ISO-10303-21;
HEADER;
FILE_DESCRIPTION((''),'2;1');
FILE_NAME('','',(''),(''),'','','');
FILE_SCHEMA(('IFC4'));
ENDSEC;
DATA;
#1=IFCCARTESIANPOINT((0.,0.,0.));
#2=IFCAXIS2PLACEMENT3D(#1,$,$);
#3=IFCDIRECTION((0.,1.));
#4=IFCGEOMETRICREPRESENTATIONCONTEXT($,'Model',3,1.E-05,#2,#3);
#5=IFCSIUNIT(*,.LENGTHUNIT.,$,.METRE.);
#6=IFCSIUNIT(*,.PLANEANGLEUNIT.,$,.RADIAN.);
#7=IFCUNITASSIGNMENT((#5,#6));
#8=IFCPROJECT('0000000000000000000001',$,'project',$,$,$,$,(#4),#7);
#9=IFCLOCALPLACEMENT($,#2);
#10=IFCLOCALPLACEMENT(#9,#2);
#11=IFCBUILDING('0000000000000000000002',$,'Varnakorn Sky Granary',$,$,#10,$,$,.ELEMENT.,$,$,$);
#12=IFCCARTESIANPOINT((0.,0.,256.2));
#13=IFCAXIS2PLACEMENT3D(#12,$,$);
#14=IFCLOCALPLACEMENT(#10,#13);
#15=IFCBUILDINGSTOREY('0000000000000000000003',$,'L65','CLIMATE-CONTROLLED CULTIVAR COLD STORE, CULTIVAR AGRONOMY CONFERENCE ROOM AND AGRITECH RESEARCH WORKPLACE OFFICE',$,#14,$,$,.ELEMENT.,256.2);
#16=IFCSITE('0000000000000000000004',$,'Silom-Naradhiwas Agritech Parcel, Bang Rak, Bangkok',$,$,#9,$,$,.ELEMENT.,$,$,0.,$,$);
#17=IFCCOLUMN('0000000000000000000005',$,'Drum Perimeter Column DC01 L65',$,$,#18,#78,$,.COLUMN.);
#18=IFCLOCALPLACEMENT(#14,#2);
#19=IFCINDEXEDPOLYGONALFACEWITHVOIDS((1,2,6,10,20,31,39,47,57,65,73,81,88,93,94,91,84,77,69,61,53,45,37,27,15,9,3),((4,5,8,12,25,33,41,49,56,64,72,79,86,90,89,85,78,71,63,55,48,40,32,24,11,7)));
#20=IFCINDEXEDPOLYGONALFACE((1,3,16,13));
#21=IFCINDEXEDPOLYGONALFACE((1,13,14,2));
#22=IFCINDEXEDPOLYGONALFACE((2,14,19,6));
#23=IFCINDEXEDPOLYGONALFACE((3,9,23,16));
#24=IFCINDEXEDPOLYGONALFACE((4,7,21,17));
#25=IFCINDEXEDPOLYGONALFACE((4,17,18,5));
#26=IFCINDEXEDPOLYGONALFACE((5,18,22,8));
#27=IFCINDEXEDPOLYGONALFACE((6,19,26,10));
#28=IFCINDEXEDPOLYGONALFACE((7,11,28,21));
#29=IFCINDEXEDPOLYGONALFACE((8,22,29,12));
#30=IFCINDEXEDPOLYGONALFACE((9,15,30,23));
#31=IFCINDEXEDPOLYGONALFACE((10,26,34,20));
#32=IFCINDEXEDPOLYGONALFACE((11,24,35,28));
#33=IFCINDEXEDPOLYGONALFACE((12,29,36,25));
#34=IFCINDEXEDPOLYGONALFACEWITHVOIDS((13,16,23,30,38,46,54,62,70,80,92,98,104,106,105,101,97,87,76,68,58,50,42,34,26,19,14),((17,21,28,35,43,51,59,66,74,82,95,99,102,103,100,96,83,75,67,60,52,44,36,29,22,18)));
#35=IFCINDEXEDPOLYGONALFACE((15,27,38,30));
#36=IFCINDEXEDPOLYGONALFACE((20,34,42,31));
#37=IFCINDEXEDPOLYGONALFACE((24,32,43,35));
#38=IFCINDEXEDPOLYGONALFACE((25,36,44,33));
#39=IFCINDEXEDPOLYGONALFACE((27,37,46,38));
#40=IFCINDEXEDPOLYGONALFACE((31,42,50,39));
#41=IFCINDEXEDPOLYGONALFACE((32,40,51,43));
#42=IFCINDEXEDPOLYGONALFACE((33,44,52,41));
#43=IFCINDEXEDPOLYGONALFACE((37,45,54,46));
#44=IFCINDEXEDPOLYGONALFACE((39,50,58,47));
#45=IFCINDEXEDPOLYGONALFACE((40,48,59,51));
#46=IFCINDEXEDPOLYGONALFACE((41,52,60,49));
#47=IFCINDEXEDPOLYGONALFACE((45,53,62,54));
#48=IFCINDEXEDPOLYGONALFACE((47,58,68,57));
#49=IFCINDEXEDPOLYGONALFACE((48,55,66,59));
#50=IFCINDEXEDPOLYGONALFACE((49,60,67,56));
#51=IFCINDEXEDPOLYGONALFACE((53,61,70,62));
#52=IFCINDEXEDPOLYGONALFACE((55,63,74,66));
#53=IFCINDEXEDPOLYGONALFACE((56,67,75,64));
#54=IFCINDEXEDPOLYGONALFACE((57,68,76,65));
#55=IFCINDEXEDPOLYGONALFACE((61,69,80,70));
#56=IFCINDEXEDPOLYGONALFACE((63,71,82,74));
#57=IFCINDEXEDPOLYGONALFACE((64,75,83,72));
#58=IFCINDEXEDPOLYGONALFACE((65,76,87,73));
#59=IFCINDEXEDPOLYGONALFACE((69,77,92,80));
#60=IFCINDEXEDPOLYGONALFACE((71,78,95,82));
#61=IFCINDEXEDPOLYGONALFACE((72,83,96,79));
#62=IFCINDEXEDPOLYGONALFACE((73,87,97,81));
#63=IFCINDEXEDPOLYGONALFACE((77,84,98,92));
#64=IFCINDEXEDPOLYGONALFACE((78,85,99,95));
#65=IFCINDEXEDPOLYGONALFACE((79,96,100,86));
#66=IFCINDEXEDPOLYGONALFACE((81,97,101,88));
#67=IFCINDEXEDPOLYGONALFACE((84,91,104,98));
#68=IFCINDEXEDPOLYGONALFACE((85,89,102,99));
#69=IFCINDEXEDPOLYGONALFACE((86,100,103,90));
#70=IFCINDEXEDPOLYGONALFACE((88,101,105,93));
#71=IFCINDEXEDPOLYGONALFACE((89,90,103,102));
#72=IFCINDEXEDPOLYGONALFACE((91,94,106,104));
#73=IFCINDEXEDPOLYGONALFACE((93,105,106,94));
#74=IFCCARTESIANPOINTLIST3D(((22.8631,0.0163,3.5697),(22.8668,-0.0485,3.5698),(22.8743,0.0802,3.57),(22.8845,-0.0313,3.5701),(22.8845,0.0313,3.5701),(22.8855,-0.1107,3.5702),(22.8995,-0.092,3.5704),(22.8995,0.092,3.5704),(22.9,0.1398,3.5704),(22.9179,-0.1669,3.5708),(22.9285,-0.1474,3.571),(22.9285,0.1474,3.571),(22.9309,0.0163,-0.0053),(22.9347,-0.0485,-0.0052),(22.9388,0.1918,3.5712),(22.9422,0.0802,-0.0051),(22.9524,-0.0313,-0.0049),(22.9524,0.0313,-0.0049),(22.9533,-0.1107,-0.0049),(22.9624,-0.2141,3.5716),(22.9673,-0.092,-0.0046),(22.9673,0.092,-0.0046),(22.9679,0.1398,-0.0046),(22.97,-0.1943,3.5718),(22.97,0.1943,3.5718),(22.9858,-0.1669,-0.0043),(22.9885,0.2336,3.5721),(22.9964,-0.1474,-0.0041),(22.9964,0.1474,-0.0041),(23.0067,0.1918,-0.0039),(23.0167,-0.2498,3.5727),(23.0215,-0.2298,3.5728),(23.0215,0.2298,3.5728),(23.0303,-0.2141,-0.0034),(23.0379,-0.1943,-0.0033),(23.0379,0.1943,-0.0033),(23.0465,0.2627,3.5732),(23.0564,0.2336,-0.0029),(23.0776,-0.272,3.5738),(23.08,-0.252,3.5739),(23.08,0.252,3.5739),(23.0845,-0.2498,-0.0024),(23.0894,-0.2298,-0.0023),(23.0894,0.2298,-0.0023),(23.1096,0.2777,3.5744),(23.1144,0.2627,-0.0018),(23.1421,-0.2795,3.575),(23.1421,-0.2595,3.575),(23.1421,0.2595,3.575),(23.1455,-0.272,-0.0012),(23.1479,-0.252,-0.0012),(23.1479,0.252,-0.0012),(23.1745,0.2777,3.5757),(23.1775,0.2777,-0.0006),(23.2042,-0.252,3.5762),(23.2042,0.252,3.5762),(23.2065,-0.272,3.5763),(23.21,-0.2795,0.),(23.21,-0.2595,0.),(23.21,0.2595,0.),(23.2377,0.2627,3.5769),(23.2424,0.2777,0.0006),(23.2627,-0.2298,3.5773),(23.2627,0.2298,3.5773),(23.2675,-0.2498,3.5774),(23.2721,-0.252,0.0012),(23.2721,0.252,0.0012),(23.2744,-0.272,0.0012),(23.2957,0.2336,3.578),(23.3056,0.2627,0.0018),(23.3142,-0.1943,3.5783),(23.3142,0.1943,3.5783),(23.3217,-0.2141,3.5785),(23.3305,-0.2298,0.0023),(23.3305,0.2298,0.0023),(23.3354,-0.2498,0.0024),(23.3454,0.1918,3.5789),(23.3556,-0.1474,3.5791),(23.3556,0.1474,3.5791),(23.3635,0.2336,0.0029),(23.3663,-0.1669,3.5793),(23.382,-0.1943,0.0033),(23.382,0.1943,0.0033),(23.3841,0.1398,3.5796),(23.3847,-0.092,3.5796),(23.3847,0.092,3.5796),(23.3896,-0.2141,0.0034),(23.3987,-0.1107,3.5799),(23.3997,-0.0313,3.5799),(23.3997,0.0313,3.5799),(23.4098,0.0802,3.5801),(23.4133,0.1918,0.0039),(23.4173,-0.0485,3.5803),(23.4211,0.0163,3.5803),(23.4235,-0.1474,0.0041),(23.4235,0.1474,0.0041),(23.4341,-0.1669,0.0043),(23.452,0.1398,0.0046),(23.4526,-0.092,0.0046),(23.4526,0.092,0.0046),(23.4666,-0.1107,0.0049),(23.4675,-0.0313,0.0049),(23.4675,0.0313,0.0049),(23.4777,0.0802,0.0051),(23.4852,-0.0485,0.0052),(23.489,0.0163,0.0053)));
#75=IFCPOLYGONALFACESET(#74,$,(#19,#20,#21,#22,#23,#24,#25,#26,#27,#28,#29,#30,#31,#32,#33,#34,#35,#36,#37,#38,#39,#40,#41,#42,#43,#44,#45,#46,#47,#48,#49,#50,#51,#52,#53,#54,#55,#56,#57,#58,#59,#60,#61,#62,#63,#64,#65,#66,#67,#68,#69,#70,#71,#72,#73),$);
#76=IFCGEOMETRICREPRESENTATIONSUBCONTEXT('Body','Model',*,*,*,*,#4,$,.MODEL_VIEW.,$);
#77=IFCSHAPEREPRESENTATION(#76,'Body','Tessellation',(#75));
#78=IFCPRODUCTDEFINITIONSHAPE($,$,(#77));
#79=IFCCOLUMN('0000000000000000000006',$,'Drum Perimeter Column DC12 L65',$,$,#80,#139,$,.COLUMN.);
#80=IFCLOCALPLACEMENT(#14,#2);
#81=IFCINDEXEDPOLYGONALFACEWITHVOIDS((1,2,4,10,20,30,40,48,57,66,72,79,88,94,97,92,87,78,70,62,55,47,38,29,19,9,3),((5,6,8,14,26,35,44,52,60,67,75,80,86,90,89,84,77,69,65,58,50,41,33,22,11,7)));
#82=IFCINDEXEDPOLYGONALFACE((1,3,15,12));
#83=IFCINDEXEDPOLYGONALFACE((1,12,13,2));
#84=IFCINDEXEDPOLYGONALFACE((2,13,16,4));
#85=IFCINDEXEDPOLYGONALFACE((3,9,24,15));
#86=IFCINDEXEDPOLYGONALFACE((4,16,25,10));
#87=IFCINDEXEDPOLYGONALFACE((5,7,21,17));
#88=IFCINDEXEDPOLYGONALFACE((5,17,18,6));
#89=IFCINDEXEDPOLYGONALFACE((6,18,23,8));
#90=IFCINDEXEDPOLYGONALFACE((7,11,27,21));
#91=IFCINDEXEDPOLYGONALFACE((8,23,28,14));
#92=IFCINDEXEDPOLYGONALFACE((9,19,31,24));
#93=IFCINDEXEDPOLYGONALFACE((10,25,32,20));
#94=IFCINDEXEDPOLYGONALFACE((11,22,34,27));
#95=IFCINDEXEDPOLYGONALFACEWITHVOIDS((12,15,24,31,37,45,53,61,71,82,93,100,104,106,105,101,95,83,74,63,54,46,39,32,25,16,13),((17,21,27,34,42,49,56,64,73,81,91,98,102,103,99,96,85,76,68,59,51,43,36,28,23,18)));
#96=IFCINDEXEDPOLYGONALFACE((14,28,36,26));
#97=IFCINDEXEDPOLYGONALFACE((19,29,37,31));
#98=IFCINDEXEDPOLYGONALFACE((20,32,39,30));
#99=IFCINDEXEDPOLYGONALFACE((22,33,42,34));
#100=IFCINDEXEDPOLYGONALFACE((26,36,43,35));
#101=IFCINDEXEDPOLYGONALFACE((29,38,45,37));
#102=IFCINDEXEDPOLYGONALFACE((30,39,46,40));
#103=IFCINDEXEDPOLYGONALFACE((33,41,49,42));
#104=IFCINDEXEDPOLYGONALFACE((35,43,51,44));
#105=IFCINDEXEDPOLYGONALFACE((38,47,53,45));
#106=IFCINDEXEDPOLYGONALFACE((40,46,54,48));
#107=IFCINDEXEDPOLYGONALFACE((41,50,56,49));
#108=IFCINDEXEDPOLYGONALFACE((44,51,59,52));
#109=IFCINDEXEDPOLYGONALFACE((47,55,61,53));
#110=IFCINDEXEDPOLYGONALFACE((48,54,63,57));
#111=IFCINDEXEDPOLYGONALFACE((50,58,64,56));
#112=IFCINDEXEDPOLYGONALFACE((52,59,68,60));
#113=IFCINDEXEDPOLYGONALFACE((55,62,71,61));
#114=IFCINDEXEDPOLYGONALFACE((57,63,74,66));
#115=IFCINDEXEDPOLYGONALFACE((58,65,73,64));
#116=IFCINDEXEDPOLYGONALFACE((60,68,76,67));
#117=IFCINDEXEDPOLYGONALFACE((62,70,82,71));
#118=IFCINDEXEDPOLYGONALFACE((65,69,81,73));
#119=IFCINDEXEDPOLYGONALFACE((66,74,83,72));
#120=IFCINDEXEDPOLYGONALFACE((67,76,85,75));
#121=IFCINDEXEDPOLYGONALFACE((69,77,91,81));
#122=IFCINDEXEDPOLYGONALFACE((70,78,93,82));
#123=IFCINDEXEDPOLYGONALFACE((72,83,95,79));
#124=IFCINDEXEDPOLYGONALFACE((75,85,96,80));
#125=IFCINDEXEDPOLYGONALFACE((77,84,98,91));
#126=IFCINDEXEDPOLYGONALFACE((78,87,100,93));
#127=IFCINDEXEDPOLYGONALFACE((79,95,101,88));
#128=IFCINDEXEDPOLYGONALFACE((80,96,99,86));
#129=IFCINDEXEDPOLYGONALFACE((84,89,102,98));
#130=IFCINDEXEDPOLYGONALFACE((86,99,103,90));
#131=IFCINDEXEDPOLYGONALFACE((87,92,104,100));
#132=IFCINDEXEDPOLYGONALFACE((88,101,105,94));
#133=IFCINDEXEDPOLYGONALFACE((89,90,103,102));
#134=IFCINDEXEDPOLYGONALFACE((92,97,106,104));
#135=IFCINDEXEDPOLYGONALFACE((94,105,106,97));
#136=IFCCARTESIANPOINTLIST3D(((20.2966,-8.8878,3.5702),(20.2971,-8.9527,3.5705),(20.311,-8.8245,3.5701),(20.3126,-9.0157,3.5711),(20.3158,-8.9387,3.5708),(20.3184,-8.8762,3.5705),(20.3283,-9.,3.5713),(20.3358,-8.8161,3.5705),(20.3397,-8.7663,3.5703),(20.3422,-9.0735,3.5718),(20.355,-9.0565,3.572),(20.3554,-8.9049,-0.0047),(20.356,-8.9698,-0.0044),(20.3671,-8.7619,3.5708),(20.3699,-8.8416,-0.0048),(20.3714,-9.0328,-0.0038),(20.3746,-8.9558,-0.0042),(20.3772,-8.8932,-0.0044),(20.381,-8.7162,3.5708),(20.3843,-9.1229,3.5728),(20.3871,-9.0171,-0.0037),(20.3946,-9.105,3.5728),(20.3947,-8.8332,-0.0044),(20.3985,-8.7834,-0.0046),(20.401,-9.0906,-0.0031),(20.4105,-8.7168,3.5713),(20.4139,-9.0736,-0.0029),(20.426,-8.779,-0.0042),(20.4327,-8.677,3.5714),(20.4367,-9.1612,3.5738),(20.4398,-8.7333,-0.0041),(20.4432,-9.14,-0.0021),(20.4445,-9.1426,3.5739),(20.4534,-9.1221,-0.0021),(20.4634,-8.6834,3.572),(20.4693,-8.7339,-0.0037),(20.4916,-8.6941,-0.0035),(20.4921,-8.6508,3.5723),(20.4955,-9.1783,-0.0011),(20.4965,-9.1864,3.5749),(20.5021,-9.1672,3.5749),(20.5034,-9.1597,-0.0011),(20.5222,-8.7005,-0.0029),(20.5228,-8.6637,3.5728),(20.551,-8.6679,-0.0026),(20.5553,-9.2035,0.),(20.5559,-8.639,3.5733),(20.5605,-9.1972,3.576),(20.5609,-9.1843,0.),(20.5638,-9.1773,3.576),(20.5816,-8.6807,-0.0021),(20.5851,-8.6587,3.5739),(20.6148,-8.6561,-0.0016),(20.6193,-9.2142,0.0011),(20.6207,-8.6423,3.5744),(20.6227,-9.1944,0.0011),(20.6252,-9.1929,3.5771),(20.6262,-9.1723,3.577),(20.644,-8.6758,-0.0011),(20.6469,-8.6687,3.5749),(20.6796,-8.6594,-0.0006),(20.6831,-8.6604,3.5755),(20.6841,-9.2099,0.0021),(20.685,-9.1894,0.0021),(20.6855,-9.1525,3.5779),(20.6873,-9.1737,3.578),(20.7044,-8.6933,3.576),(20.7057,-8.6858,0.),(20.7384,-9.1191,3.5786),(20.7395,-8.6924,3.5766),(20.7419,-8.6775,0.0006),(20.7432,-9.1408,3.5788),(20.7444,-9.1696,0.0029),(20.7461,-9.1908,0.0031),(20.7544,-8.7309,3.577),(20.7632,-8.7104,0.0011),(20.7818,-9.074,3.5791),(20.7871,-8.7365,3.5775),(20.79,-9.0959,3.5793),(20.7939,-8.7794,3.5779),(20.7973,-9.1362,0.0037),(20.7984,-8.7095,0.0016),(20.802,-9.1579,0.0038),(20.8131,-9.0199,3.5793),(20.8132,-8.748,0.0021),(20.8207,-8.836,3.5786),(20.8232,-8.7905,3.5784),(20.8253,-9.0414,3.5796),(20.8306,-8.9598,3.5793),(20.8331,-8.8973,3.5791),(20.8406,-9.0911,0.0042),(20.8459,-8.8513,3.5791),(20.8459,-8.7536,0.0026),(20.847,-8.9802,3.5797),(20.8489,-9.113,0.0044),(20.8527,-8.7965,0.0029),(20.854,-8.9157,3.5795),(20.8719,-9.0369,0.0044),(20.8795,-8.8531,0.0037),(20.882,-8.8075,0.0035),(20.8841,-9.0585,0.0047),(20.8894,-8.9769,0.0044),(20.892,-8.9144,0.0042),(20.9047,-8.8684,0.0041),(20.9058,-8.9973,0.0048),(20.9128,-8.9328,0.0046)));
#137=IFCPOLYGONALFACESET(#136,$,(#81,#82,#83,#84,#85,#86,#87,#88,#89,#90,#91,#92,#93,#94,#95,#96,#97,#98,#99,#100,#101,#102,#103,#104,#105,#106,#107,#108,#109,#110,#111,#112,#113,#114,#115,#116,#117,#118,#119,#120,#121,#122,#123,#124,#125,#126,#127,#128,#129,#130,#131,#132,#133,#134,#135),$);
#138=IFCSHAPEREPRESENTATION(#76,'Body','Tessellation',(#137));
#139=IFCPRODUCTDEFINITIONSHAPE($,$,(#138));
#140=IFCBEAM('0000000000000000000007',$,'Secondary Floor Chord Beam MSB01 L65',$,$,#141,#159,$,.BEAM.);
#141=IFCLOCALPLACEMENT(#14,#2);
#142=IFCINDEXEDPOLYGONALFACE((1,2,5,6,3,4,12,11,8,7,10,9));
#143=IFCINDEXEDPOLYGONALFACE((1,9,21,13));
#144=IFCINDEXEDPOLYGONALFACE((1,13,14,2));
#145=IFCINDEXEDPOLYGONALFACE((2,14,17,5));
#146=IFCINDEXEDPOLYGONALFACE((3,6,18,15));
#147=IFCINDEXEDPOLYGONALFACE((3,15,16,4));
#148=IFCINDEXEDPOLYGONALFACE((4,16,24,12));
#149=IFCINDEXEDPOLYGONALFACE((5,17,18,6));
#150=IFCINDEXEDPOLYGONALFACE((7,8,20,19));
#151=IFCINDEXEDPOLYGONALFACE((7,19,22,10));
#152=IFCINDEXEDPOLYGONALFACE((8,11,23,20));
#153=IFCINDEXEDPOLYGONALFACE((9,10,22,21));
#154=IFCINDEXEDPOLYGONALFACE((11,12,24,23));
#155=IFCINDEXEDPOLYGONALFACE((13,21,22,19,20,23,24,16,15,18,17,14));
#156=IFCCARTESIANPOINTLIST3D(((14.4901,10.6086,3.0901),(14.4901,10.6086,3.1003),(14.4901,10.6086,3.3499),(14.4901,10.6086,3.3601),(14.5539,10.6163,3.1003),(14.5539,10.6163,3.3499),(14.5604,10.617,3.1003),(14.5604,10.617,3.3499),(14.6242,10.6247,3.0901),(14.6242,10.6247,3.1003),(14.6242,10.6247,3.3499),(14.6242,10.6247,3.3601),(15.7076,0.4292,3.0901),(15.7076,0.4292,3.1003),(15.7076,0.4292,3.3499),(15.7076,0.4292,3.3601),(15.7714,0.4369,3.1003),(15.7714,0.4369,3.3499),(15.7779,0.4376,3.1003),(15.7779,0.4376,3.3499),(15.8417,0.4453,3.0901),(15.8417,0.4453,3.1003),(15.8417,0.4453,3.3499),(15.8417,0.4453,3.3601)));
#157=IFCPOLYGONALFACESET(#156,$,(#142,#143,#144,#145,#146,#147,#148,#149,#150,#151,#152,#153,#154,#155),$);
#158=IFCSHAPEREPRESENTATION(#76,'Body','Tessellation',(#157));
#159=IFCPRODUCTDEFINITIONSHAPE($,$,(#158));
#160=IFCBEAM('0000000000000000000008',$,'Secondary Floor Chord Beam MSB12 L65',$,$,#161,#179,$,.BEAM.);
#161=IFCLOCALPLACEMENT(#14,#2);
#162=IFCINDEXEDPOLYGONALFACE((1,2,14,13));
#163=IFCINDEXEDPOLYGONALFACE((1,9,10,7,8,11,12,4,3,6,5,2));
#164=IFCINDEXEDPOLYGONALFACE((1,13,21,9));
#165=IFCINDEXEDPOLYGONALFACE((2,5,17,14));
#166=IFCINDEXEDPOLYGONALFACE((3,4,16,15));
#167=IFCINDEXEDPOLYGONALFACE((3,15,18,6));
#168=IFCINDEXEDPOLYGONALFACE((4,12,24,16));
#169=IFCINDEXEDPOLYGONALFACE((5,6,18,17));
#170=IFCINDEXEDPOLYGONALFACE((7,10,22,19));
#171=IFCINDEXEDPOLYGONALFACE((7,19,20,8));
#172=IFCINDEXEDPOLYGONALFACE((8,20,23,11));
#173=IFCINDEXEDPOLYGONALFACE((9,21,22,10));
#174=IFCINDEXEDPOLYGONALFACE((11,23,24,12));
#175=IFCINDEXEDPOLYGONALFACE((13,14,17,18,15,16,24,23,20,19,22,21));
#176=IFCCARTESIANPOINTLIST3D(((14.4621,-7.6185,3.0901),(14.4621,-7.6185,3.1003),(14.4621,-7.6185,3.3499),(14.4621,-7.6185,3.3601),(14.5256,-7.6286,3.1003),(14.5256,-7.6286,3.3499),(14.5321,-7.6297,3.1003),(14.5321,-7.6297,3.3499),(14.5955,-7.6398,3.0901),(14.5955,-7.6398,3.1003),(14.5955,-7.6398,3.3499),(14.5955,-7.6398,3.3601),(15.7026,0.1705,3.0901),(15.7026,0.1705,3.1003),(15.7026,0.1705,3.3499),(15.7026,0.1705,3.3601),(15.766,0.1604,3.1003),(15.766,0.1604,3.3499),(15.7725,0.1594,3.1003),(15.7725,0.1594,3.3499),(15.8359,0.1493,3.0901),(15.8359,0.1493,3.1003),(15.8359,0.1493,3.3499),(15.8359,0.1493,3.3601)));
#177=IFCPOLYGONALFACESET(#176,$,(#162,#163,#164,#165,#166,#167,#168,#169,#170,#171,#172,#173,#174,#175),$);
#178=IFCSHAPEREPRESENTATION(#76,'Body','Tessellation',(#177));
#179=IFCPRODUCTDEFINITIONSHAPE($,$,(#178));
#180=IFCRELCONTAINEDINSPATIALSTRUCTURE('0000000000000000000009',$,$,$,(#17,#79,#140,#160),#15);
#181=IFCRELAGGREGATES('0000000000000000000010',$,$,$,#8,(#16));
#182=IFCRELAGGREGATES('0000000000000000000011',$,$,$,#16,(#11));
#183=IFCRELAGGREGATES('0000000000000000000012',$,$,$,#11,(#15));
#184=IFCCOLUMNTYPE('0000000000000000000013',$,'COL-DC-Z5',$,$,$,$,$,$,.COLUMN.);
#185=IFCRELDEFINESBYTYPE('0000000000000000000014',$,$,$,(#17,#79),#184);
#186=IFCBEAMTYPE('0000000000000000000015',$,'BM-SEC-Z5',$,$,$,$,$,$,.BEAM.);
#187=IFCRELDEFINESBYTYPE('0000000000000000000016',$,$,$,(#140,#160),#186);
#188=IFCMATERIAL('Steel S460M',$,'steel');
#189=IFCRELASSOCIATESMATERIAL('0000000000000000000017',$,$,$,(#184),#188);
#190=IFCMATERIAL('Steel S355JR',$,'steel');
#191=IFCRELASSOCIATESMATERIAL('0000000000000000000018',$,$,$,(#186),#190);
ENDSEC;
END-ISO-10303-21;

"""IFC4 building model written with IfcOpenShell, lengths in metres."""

from ifc_helpers import new_model, si_unit, direction, frame, origin, origin_2d, place, context, subcontext, project, spatial, hollow_circle, i_section, extrude, material, material_profile, profile_set, type_object, element, save


model = new_model("IFC4")

# Units and contexts
model_context = context("Model", 3, precision=1e-05, world=origin(), true_north=direction((0.0, 1.0)))
body_context = subcontext(model_context, "Body", "Model", "MODEL_VIEW")
ifc_project = project(units=[si_unit("LENGTHUNIT", "METRE"), si_unit("PLANEANGLEUNIT", "RADIAN")], contexts=[model_context])

# Site, building, storey
site_placement = place(None, origin())
site = spatial("IfcSite", under=ifc_project, at=site_placement, Name="Silom-Naradhiwas Agritech Parcel, Bang Rak, Bangkok", CompositionType="ELEMENT", RefElevation=0.0)
building_placement = place(site_placement, origin())
building = spatial("IfcBuilding", under=site, at=building_placement, Name="Varnakorn Sky Granary", CompositionType="ELEMENT")
storey_placement = place(building_placement, frame((0.0, 0.0, 256.2)))
storey = spatial("IfcBuildingStorey", under=building, at=storey_placement, Name="L65", Description="CLIMATE-CONTROLLED CULTIVAR COLD STORE, CULTIVAR AGRONOMY CONFERENCE ROOM AND AGRITECH RESEARCH WORKPLACE OFFICE", CompositionType="ELEMENT", Elevation=256.2)

# Columns
ifc_material_1 = material(Name="Steel S460M", Category="steel")
ifc_material_profile_1 = material_profile(ifc_material_1, hollow_circle(Radius=0.2795, WallThickness=0.02, at=origin_2d()), Name="CHS 559x20")
ifc_profile_set_1 = profile_set([ifc_material_profile_1], Name="Steel S460M")
column_type = type_object("IfcColumnType", Name="COL-DC-Z5", PredefinedType="COLUMN", material=ifc_profile_set_1)
column_1_placement = place(storey_placement, frame((23.21, 0.0, 0.0), z_axis=(-0.018982, 0.0, 0.99982), x_axis=(0.0, -1.0, 0.0)))
element("IfcColumn", 1, at=column_1_placement, inside=storey, type_object=column_type, Name="Drum Perimeter Column DC01 L65", PredefinedType="COLUMN", context=body_context, shape_type="SweptSolid", body=[
    extrude(hollow_circle(Radius=0.2795, WallThickness=0.02, at=origin_2d()), origin(), (0.0, 0.0, 1.0), 3.5757),
])
column_2_placement = place(storey_placement, frame((20.6333, -8.9351, 0.0), z_axis=(-0.016456, 0.00478, 0.999853), x_axis=(-0.278929, -0.960312, 0.0)))
element("IfcColumn", 2, at=column_2_placement, inside=storey, type_object=column_type, Name="Drum Perimeter Column DC12 L65", PredefinedType="COLUMN", context=body_context, shape_type="SweptSolid", body=[
    extrude(hollow_circle(Radius=0.2795, WallThickness=0.02, at=origin_2d()), origin(), (0.0, 0.0, 1.0), 3.5754),
])

# Beams
ifc_material_2 = material(Name="Steel S355JR", Category="steel")
ifc_material_profile_2 = material_profile(ifc_material_2, i_section(OverallWidth=0.135, OverallDepth=0.27, WebThickness=0.0066, FlangeThickness=0.0103, at=origin_2d()), Name="IPE 270")
ifc_profile_set_2 = profile_set([ifc_material_profile_2], Name="Steel S355JR")
beam_type_1 = type_object("IfcBeamType", Name="BM-SEC-Z5", PredefinedType="BEAM", material=ifc_profile_set_2)
beam_1_placement = place(storey_placement, frame((15.7747, 0.4373, 3.2251), z_axis=(-0.11876, 0.992923, 0.0), x_axis=(-0.992923, -0.11876, 0.0)))
element("IfcBeam", 3, at=beam_1_placement, inside=storey, type_object=beam_type_1, Name="Secondary Floor Chord Beam MSB01 L65", PredefinedType="BEAM", context=body_context, shape_type="SweptSolid", body=[
    extrude(i_section(OverallWidth=0.135, OverallDepth=0.27, WebThickness=0.0066, FlangeThickness=0.0103, at=origin_2d()), origin(), (0.0, 0.0, 1.0), 10.252),
])
beam_2_placement = place(storey_placement, frame((14.5288, -7.6292, 3.2251), z_axis=(0.157277, 0.987555, 0.0), x_axis=(-0.987555, 0.157277, 0.0)))
element("IfcBeam", 4, at=beam_2_placement, inside=storey, type_object=beam_type_1, Name="Secondary Floor Chord Beam MSB12 L65", PredefinedType="BEAM", context=body_context, shape_type="SweptSolid", body=[
    extrude(i_section(OverallWidth=0.135, OverallDepth=0.27, WebThickness=0.0066, FlangeThickness=0.0103, at=origin_2d()), origin(), (0.0, 0.0, 1.0), 7.8872),
])

save(model, "model.ifc")
